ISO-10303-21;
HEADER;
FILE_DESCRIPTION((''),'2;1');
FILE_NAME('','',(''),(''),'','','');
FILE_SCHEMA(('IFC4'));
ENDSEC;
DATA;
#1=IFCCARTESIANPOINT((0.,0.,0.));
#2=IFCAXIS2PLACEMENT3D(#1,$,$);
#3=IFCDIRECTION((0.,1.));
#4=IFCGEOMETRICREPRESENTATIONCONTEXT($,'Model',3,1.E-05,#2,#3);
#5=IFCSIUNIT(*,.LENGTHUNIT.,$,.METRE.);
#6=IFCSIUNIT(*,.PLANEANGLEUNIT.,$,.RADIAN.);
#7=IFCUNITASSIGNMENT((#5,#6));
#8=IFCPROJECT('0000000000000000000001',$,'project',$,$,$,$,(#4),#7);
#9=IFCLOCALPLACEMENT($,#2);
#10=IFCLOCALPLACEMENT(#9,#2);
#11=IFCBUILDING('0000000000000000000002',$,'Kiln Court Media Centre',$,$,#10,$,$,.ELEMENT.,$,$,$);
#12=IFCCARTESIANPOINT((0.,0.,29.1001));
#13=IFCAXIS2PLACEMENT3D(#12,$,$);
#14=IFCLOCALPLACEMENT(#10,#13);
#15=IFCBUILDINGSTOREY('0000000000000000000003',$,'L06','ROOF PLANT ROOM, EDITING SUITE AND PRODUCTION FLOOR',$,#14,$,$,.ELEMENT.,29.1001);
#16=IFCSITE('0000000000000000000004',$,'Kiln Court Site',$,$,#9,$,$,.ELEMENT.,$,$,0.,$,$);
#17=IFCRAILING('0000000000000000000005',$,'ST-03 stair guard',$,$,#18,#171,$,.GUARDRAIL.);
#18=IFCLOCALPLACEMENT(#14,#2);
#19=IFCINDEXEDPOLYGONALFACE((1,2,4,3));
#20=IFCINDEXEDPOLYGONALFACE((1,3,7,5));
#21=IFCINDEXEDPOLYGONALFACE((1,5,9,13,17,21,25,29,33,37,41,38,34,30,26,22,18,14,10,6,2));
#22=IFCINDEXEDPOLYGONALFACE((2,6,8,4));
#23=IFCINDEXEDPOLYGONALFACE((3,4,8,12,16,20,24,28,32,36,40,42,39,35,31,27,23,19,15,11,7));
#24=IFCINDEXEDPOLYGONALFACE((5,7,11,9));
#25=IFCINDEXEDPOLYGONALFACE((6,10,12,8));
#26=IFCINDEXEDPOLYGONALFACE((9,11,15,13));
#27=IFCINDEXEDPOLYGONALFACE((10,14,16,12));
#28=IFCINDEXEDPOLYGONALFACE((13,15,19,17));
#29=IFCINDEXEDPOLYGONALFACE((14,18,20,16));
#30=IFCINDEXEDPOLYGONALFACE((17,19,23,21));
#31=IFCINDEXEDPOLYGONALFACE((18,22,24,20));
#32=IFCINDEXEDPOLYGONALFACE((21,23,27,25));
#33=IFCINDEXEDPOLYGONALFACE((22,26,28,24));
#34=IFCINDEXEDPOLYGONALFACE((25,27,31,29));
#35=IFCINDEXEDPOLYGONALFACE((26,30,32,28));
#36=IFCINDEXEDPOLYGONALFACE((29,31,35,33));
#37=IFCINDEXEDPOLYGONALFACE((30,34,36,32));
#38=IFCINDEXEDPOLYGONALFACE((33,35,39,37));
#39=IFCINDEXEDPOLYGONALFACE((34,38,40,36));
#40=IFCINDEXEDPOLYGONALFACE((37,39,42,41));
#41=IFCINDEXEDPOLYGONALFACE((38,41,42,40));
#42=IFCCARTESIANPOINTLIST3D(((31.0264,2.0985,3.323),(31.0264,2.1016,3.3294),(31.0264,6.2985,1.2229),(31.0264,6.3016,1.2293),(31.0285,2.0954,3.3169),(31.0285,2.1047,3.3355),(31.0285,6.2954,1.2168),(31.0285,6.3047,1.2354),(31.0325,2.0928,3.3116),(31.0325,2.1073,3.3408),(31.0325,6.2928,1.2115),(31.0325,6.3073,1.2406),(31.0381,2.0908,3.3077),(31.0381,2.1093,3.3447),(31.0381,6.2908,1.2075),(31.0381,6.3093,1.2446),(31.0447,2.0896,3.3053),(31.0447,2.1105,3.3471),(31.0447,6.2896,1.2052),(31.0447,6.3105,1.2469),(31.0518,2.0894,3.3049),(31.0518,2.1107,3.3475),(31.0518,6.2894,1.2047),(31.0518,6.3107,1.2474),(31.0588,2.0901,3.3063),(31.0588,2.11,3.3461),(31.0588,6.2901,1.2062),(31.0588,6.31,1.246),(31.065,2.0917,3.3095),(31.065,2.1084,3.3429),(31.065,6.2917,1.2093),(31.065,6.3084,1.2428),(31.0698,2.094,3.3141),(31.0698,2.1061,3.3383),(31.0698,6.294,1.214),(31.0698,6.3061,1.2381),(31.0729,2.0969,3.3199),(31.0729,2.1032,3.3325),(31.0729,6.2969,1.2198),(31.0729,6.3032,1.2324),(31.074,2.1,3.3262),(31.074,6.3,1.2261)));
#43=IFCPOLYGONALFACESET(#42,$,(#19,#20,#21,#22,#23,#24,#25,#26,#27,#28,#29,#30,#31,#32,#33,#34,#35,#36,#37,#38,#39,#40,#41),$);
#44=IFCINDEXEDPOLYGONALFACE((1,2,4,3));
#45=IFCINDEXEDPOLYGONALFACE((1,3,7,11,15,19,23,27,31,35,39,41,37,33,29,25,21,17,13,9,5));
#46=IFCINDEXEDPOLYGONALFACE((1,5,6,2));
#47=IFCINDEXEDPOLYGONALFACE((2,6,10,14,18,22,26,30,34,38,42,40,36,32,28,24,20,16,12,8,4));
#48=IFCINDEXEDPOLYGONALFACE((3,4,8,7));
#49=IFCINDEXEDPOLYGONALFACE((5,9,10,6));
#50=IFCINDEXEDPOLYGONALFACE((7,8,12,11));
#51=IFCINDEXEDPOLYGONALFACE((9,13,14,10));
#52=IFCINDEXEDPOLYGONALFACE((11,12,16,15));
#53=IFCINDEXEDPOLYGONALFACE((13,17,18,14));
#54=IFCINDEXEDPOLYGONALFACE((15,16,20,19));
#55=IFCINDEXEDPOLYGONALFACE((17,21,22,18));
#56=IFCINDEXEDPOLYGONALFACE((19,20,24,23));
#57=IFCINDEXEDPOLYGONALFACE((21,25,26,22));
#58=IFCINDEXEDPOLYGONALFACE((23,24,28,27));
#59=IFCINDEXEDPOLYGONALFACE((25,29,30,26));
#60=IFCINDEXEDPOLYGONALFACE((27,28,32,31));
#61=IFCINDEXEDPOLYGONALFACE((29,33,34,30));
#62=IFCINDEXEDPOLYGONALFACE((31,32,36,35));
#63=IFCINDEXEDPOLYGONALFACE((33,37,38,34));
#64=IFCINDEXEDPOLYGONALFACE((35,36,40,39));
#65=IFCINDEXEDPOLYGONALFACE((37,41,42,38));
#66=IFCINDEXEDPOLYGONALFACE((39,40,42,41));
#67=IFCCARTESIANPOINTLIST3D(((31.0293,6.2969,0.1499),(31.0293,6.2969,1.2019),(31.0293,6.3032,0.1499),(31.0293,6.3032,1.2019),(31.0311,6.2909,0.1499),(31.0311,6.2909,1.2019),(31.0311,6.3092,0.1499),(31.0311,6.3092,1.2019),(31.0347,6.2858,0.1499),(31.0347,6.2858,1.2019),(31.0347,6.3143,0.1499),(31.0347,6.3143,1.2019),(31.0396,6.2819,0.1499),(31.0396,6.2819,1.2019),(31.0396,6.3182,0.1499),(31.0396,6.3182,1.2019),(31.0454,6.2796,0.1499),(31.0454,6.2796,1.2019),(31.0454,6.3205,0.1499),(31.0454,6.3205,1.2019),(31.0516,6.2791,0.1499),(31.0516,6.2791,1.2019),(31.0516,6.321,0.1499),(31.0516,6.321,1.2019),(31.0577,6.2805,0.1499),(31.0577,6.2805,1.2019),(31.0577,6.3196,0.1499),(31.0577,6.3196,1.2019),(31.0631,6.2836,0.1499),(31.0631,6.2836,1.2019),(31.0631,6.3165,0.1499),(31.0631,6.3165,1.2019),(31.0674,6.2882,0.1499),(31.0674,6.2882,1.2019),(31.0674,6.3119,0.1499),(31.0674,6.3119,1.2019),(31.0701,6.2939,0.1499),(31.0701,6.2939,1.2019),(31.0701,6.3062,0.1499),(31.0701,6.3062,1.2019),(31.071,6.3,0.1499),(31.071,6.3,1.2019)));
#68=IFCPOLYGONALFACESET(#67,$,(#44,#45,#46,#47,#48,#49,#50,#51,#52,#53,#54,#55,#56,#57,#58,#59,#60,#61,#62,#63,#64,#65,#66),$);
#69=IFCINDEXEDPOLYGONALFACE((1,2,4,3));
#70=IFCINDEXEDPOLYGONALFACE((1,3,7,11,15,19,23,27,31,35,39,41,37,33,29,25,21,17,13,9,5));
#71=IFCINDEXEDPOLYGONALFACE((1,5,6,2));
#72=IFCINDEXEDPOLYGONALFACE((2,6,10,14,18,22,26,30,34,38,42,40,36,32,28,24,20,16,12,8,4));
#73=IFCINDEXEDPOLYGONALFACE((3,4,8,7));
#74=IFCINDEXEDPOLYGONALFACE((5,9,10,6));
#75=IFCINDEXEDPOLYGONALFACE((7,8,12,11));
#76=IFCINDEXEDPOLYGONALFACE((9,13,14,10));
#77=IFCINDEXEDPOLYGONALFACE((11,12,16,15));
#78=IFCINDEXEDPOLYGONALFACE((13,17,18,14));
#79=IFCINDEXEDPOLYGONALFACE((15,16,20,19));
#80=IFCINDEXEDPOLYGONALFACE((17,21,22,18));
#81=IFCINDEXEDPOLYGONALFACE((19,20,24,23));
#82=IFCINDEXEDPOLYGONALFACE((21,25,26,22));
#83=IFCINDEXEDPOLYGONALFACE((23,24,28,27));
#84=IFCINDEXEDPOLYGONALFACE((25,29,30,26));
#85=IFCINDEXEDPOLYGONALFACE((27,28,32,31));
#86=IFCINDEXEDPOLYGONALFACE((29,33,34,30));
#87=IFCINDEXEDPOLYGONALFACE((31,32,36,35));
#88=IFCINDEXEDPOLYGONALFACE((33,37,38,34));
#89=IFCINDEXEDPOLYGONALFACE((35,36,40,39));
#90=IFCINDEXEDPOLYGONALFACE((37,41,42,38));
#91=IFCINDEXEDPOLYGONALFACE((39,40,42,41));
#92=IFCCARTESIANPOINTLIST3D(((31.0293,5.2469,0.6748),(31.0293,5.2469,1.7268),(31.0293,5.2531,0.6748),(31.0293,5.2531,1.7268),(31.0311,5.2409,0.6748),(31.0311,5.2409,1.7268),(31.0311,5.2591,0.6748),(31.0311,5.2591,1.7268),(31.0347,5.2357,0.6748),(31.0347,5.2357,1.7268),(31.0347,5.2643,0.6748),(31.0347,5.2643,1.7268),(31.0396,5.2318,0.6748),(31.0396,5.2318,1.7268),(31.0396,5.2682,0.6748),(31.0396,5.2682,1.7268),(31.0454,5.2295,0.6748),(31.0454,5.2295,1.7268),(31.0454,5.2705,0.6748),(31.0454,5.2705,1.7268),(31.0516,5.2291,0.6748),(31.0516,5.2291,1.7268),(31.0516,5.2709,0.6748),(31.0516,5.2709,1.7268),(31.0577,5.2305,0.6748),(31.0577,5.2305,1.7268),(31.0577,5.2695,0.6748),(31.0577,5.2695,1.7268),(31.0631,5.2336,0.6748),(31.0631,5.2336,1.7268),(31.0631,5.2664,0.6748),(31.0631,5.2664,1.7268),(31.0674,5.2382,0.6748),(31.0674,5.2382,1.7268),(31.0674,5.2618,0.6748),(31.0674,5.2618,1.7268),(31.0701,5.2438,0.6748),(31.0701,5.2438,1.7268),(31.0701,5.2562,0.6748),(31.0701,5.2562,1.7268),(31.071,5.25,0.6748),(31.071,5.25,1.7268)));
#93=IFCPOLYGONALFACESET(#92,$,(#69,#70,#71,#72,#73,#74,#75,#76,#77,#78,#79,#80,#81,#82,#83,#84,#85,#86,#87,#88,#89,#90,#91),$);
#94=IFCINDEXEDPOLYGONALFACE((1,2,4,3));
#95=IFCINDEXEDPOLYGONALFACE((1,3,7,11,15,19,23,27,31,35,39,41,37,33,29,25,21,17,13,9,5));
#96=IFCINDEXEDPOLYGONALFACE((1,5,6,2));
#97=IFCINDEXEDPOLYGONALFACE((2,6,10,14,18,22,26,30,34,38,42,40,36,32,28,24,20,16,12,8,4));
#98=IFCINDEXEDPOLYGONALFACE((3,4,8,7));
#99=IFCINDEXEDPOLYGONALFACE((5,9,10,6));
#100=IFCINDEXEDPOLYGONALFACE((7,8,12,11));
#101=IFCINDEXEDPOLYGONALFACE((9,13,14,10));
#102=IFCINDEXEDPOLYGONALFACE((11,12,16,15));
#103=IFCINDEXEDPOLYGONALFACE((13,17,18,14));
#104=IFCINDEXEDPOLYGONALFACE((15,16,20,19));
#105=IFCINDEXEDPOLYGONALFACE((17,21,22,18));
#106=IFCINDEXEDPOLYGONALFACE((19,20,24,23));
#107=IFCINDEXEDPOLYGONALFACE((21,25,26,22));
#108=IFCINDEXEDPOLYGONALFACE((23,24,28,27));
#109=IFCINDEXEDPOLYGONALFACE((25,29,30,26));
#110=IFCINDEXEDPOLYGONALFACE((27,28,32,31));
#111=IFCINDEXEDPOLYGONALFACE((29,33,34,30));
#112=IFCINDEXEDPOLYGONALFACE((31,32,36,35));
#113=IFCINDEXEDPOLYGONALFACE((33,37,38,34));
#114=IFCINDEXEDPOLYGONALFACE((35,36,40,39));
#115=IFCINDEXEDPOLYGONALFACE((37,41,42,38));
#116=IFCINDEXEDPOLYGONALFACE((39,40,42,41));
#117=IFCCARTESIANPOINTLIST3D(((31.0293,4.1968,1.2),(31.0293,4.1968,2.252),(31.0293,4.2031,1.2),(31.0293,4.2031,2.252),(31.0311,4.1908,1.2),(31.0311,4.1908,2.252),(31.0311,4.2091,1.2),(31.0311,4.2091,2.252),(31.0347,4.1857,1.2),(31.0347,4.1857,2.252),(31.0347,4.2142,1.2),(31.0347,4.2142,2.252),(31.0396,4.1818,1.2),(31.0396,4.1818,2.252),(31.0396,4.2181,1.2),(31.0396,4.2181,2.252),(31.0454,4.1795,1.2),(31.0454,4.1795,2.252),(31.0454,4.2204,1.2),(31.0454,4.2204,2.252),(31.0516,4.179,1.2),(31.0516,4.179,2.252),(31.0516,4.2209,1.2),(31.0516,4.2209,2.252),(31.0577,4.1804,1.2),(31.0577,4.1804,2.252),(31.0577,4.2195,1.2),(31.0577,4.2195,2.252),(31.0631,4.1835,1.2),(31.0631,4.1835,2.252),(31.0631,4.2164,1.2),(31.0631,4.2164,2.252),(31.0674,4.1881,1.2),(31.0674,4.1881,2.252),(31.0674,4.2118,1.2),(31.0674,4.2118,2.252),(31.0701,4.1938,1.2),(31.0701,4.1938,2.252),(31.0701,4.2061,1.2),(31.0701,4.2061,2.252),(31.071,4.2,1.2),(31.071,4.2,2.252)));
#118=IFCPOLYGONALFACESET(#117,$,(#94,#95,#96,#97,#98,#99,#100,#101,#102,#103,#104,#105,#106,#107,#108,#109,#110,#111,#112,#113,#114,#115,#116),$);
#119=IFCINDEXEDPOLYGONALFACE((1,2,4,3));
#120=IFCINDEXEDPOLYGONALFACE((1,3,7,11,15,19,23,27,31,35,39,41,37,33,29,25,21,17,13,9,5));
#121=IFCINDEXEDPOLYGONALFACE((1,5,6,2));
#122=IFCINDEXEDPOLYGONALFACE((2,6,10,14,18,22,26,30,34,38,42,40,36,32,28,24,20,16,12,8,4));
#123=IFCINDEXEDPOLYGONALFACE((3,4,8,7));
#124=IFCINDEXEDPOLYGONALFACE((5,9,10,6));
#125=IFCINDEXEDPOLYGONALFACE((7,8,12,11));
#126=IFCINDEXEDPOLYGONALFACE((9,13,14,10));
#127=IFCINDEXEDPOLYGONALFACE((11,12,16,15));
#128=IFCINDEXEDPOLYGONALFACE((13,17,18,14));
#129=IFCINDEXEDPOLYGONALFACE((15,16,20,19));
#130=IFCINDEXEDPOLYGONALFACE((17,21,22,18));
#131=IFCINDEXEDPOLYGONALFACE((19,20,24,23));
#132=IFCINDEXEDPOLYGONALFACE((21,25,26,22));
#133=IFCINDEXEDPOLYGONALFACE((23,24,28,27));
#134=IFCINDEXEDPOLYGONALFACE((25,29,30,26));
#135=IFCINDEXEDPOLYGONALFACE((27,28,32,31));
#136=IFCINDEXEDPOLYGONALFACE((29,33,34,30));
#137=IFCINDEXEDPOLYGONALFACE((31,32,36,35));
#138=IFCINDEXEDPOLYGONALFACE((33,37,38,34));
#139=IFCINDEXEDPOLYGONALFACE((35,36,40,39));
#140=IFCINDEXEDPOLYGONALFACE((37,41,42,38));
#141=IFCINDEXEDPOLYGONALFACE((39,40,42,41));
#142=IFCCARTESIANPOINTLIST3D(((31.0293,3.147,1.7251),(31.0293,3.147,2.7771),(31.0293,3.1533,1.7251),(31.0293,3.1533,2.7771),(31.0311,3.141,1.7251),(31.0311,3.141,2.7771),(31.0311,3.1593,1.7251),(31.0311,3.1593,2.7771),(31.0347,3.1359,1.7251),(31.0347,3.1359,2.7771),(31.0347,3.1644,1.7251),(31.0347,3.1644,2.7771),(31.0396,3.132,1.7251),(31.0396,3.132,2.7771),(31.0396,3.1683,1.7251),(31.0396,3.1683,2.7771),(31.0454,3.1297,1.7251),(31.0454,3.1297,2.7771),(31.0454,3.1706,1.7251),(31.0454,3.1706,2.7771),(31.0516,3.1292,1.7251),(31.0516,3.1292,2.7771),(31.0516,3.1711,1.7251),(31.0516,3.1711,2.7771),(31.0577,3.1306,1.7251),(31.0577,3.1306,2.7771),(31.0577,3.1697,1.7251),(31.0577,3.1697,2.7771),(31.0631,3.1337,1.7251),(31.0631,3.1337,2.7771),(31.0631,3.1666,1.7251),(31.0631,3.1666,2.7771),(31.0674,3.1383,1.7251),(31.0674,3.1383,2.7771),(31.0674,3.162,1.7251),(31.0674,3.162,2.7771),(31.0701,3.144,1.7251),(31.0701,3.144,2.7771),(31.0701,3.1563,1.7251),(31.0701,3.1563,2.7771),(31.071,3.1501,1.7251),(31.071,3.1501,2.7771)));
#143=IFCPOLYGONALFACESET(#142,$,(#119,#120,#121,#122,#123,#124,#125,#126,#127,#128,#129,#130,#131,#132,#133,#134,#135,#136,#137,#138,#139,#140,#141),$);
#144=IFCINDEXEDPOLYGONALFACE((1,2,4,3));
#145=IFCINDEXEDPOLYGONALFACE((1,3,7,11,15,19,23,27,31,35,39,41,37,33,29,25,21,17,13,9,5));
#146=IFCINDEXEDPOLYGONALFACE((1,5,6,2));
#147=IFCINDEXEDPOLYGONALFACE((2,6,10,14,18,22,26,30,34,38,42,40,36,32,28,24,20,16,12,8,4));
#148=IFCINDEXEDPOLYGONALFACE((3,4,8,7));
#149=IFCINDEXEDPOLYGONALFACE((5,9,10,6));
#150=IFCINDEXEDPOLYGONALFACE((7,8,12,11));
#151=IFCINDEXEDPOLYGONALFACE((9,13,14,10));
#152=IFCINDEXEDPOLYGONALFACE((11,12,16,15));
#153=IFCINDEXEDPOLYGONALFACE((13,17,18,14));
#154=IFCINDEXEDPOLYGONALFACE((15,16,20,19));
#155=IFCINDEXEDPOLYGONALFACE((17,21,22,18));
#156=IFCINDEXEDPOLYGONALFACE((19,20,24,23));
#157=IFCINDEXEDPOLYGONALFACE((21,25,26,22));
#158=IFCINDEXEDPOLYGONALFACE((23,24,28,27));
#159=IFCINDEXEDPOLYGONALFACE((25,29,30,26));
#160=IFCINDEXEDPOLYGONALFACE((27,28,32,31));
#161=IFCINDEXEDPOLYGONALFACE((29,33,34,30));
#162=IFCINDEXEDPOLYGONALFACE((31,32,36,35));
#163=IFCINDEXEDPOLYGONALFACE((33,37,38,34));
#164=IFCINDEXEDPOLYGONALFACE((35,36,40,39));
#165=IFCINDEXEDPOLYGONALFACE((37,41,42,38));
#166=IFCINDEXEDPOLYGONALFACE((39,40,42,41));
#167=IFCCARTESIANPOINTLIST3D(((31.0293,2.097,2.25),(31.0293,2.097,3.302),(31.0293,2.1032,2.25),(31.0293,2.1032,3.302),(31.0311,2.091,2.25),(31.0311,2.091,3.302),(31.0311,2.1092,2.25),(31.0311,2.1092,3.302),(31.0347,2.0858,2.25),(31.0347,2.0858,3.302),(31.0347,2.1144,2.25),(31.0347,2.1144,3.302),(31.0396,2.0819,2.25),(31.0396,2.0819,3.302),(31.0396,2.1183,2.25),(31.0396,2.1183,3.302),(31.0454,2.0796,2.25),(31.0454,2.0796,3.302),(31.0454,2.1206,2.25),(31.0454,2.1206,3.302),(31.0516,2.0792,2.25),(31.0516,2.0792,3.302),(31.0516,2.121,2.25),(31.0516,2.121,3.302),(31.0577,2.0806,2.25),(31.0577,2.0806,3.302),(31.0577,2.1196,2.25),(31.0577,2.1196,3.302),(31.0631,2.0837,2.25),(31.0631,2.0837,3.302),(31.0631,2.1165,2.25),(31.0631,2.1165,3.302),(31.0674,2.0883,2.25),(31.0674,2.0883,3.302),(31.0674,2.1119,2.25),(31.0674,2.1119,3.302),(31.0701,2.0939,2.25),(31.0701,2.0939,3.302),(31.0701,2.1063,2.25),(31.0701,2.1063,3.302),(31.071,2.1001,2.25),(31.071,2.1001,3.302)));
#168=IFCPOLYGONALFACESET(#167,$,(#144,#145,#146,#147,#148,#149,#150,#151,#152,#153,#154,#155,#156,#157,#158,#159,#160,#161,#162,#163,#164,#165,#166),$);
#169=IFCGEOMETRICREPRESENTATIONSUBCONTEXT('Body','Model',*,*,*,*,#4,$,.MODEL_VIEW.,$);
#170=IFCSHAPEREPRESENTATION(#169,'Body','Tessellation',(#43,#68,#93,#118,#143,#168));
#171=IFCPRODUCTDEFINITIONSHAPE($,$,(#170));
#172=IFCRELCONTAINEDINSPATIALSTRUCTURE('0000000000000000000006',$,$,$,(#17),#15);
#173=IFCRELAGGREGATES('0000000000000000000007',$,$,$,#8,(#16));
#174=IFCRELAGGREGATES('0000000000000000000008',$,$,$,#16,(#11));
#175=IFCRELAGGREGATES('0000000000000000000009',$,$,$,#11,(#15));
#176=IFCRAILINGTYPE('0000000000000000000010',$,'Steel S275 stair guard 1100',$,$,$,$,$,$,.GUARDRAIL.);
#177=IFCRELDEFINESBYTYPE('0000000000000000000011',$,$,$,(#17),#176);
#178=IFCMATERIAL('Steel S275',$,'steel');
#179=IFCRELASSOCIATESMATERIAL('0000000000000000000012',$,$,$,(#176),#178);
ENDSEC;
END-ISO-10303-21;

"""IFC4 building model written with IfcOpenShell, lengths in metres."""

from ifc_helpers import new_model, si_unit, direction, frame, origin, origin_2d, place, context, subcontext, project, spatial, circle, extrude, material, type_object, element, save


model = new_model("IFC4")

# Units and contexts
model_context = context("Model", 3, precision=1e-05, world=origin(), true_north=direction((0.0, 1.0)))
body_context = subcontext(model_context, "Body", "Model", "MODEL_VIEW")
ifc_project = project(units=[si_unit("LENGTHUNIT", "METRE"), si_unit("PLANEANGLEUNIT", "RADIAN")], contexts=[model_context])

# Site, building, storey
site_placement = place(None, origin())
site = spatial("IfcSite", under=ifc_project, at=site_placement, Name="Kiln Court Site", CompositionType="ELEMENT", RefElevation=0.0)
building_placement = place(site_placement, origin())
building = spatial("IfcBuilding", under=site, at=building_placement, Name="Kiln Court Media Centre", CompositionType="ELEMENT")
storey_placement = place(building_placement, frame((0.0, 0.0, 29.1001)))
storey = spatial("IfcBuildingStorey", under=building, at=storey_placement, Name="L06", Description="ROOF PLANT ROOM, EDITING SUITE AND PRODUCTION FLOOR", CompositionType="ELEMENT", Elevation=29.1001)

# Railing
ifc_material_1 = material(Name="Steel S275", Category="steel")
railing_type_1 = type_object("IfcRailingType", Name="Steel S275 stair guard 1100", PredefinedType="GUARDRAIL", material=ifc_material_1)
railing_1_placement = place(storey_placement, frame((31.05, 6.3, 0.1499)))
element("IfcRailing", 1, at=railing_1_placement, inside=storey, type_object=railing_type_1, Name="ST-03 stair guard", PredefinedType="GUARDRAIL", context=body_context, shape_type="SweptSolid", body=[
    extrude(circle(Radius=0.0239, at=origin_2d()), frame((0.0, 0.0, 1.0762), z_axis=(0.0, -0.894417, 0.447234), x_axis=(1.0, 0.0, 0.0)), (0.0, 0.0, 1.0), 4.6958),
    extrude(circle(Radius=0.021, at=origin_2d()), origin(), (0.0, 0.0, 1.0), 1.052),
    extrude(circle(Radius=0.021, at=origin_2d()), frame((0.0, -1.05, 0.5249)), (0.0, 0.0, 1.0), 1.052),
    extrude(circle(Radius=0.021, at=origin_2d()), frame((0.0, -2.1001, 1.05)), (0.0, 0.0, 1.0), 1.052),
    extrude(circle(Radius=0.021, at=origin_2d()), frame((0.0, -3.1499, 1.5752)), (0.0, 0.0, 1.0), 1.052),
    extrude(circle(Radius=0.021, at=origin_2d()), frame((0.0, -4.2, 2.1001)), (0.0, 0.0, 1.0), 1.052),
])

save(model, "model.ifc")
